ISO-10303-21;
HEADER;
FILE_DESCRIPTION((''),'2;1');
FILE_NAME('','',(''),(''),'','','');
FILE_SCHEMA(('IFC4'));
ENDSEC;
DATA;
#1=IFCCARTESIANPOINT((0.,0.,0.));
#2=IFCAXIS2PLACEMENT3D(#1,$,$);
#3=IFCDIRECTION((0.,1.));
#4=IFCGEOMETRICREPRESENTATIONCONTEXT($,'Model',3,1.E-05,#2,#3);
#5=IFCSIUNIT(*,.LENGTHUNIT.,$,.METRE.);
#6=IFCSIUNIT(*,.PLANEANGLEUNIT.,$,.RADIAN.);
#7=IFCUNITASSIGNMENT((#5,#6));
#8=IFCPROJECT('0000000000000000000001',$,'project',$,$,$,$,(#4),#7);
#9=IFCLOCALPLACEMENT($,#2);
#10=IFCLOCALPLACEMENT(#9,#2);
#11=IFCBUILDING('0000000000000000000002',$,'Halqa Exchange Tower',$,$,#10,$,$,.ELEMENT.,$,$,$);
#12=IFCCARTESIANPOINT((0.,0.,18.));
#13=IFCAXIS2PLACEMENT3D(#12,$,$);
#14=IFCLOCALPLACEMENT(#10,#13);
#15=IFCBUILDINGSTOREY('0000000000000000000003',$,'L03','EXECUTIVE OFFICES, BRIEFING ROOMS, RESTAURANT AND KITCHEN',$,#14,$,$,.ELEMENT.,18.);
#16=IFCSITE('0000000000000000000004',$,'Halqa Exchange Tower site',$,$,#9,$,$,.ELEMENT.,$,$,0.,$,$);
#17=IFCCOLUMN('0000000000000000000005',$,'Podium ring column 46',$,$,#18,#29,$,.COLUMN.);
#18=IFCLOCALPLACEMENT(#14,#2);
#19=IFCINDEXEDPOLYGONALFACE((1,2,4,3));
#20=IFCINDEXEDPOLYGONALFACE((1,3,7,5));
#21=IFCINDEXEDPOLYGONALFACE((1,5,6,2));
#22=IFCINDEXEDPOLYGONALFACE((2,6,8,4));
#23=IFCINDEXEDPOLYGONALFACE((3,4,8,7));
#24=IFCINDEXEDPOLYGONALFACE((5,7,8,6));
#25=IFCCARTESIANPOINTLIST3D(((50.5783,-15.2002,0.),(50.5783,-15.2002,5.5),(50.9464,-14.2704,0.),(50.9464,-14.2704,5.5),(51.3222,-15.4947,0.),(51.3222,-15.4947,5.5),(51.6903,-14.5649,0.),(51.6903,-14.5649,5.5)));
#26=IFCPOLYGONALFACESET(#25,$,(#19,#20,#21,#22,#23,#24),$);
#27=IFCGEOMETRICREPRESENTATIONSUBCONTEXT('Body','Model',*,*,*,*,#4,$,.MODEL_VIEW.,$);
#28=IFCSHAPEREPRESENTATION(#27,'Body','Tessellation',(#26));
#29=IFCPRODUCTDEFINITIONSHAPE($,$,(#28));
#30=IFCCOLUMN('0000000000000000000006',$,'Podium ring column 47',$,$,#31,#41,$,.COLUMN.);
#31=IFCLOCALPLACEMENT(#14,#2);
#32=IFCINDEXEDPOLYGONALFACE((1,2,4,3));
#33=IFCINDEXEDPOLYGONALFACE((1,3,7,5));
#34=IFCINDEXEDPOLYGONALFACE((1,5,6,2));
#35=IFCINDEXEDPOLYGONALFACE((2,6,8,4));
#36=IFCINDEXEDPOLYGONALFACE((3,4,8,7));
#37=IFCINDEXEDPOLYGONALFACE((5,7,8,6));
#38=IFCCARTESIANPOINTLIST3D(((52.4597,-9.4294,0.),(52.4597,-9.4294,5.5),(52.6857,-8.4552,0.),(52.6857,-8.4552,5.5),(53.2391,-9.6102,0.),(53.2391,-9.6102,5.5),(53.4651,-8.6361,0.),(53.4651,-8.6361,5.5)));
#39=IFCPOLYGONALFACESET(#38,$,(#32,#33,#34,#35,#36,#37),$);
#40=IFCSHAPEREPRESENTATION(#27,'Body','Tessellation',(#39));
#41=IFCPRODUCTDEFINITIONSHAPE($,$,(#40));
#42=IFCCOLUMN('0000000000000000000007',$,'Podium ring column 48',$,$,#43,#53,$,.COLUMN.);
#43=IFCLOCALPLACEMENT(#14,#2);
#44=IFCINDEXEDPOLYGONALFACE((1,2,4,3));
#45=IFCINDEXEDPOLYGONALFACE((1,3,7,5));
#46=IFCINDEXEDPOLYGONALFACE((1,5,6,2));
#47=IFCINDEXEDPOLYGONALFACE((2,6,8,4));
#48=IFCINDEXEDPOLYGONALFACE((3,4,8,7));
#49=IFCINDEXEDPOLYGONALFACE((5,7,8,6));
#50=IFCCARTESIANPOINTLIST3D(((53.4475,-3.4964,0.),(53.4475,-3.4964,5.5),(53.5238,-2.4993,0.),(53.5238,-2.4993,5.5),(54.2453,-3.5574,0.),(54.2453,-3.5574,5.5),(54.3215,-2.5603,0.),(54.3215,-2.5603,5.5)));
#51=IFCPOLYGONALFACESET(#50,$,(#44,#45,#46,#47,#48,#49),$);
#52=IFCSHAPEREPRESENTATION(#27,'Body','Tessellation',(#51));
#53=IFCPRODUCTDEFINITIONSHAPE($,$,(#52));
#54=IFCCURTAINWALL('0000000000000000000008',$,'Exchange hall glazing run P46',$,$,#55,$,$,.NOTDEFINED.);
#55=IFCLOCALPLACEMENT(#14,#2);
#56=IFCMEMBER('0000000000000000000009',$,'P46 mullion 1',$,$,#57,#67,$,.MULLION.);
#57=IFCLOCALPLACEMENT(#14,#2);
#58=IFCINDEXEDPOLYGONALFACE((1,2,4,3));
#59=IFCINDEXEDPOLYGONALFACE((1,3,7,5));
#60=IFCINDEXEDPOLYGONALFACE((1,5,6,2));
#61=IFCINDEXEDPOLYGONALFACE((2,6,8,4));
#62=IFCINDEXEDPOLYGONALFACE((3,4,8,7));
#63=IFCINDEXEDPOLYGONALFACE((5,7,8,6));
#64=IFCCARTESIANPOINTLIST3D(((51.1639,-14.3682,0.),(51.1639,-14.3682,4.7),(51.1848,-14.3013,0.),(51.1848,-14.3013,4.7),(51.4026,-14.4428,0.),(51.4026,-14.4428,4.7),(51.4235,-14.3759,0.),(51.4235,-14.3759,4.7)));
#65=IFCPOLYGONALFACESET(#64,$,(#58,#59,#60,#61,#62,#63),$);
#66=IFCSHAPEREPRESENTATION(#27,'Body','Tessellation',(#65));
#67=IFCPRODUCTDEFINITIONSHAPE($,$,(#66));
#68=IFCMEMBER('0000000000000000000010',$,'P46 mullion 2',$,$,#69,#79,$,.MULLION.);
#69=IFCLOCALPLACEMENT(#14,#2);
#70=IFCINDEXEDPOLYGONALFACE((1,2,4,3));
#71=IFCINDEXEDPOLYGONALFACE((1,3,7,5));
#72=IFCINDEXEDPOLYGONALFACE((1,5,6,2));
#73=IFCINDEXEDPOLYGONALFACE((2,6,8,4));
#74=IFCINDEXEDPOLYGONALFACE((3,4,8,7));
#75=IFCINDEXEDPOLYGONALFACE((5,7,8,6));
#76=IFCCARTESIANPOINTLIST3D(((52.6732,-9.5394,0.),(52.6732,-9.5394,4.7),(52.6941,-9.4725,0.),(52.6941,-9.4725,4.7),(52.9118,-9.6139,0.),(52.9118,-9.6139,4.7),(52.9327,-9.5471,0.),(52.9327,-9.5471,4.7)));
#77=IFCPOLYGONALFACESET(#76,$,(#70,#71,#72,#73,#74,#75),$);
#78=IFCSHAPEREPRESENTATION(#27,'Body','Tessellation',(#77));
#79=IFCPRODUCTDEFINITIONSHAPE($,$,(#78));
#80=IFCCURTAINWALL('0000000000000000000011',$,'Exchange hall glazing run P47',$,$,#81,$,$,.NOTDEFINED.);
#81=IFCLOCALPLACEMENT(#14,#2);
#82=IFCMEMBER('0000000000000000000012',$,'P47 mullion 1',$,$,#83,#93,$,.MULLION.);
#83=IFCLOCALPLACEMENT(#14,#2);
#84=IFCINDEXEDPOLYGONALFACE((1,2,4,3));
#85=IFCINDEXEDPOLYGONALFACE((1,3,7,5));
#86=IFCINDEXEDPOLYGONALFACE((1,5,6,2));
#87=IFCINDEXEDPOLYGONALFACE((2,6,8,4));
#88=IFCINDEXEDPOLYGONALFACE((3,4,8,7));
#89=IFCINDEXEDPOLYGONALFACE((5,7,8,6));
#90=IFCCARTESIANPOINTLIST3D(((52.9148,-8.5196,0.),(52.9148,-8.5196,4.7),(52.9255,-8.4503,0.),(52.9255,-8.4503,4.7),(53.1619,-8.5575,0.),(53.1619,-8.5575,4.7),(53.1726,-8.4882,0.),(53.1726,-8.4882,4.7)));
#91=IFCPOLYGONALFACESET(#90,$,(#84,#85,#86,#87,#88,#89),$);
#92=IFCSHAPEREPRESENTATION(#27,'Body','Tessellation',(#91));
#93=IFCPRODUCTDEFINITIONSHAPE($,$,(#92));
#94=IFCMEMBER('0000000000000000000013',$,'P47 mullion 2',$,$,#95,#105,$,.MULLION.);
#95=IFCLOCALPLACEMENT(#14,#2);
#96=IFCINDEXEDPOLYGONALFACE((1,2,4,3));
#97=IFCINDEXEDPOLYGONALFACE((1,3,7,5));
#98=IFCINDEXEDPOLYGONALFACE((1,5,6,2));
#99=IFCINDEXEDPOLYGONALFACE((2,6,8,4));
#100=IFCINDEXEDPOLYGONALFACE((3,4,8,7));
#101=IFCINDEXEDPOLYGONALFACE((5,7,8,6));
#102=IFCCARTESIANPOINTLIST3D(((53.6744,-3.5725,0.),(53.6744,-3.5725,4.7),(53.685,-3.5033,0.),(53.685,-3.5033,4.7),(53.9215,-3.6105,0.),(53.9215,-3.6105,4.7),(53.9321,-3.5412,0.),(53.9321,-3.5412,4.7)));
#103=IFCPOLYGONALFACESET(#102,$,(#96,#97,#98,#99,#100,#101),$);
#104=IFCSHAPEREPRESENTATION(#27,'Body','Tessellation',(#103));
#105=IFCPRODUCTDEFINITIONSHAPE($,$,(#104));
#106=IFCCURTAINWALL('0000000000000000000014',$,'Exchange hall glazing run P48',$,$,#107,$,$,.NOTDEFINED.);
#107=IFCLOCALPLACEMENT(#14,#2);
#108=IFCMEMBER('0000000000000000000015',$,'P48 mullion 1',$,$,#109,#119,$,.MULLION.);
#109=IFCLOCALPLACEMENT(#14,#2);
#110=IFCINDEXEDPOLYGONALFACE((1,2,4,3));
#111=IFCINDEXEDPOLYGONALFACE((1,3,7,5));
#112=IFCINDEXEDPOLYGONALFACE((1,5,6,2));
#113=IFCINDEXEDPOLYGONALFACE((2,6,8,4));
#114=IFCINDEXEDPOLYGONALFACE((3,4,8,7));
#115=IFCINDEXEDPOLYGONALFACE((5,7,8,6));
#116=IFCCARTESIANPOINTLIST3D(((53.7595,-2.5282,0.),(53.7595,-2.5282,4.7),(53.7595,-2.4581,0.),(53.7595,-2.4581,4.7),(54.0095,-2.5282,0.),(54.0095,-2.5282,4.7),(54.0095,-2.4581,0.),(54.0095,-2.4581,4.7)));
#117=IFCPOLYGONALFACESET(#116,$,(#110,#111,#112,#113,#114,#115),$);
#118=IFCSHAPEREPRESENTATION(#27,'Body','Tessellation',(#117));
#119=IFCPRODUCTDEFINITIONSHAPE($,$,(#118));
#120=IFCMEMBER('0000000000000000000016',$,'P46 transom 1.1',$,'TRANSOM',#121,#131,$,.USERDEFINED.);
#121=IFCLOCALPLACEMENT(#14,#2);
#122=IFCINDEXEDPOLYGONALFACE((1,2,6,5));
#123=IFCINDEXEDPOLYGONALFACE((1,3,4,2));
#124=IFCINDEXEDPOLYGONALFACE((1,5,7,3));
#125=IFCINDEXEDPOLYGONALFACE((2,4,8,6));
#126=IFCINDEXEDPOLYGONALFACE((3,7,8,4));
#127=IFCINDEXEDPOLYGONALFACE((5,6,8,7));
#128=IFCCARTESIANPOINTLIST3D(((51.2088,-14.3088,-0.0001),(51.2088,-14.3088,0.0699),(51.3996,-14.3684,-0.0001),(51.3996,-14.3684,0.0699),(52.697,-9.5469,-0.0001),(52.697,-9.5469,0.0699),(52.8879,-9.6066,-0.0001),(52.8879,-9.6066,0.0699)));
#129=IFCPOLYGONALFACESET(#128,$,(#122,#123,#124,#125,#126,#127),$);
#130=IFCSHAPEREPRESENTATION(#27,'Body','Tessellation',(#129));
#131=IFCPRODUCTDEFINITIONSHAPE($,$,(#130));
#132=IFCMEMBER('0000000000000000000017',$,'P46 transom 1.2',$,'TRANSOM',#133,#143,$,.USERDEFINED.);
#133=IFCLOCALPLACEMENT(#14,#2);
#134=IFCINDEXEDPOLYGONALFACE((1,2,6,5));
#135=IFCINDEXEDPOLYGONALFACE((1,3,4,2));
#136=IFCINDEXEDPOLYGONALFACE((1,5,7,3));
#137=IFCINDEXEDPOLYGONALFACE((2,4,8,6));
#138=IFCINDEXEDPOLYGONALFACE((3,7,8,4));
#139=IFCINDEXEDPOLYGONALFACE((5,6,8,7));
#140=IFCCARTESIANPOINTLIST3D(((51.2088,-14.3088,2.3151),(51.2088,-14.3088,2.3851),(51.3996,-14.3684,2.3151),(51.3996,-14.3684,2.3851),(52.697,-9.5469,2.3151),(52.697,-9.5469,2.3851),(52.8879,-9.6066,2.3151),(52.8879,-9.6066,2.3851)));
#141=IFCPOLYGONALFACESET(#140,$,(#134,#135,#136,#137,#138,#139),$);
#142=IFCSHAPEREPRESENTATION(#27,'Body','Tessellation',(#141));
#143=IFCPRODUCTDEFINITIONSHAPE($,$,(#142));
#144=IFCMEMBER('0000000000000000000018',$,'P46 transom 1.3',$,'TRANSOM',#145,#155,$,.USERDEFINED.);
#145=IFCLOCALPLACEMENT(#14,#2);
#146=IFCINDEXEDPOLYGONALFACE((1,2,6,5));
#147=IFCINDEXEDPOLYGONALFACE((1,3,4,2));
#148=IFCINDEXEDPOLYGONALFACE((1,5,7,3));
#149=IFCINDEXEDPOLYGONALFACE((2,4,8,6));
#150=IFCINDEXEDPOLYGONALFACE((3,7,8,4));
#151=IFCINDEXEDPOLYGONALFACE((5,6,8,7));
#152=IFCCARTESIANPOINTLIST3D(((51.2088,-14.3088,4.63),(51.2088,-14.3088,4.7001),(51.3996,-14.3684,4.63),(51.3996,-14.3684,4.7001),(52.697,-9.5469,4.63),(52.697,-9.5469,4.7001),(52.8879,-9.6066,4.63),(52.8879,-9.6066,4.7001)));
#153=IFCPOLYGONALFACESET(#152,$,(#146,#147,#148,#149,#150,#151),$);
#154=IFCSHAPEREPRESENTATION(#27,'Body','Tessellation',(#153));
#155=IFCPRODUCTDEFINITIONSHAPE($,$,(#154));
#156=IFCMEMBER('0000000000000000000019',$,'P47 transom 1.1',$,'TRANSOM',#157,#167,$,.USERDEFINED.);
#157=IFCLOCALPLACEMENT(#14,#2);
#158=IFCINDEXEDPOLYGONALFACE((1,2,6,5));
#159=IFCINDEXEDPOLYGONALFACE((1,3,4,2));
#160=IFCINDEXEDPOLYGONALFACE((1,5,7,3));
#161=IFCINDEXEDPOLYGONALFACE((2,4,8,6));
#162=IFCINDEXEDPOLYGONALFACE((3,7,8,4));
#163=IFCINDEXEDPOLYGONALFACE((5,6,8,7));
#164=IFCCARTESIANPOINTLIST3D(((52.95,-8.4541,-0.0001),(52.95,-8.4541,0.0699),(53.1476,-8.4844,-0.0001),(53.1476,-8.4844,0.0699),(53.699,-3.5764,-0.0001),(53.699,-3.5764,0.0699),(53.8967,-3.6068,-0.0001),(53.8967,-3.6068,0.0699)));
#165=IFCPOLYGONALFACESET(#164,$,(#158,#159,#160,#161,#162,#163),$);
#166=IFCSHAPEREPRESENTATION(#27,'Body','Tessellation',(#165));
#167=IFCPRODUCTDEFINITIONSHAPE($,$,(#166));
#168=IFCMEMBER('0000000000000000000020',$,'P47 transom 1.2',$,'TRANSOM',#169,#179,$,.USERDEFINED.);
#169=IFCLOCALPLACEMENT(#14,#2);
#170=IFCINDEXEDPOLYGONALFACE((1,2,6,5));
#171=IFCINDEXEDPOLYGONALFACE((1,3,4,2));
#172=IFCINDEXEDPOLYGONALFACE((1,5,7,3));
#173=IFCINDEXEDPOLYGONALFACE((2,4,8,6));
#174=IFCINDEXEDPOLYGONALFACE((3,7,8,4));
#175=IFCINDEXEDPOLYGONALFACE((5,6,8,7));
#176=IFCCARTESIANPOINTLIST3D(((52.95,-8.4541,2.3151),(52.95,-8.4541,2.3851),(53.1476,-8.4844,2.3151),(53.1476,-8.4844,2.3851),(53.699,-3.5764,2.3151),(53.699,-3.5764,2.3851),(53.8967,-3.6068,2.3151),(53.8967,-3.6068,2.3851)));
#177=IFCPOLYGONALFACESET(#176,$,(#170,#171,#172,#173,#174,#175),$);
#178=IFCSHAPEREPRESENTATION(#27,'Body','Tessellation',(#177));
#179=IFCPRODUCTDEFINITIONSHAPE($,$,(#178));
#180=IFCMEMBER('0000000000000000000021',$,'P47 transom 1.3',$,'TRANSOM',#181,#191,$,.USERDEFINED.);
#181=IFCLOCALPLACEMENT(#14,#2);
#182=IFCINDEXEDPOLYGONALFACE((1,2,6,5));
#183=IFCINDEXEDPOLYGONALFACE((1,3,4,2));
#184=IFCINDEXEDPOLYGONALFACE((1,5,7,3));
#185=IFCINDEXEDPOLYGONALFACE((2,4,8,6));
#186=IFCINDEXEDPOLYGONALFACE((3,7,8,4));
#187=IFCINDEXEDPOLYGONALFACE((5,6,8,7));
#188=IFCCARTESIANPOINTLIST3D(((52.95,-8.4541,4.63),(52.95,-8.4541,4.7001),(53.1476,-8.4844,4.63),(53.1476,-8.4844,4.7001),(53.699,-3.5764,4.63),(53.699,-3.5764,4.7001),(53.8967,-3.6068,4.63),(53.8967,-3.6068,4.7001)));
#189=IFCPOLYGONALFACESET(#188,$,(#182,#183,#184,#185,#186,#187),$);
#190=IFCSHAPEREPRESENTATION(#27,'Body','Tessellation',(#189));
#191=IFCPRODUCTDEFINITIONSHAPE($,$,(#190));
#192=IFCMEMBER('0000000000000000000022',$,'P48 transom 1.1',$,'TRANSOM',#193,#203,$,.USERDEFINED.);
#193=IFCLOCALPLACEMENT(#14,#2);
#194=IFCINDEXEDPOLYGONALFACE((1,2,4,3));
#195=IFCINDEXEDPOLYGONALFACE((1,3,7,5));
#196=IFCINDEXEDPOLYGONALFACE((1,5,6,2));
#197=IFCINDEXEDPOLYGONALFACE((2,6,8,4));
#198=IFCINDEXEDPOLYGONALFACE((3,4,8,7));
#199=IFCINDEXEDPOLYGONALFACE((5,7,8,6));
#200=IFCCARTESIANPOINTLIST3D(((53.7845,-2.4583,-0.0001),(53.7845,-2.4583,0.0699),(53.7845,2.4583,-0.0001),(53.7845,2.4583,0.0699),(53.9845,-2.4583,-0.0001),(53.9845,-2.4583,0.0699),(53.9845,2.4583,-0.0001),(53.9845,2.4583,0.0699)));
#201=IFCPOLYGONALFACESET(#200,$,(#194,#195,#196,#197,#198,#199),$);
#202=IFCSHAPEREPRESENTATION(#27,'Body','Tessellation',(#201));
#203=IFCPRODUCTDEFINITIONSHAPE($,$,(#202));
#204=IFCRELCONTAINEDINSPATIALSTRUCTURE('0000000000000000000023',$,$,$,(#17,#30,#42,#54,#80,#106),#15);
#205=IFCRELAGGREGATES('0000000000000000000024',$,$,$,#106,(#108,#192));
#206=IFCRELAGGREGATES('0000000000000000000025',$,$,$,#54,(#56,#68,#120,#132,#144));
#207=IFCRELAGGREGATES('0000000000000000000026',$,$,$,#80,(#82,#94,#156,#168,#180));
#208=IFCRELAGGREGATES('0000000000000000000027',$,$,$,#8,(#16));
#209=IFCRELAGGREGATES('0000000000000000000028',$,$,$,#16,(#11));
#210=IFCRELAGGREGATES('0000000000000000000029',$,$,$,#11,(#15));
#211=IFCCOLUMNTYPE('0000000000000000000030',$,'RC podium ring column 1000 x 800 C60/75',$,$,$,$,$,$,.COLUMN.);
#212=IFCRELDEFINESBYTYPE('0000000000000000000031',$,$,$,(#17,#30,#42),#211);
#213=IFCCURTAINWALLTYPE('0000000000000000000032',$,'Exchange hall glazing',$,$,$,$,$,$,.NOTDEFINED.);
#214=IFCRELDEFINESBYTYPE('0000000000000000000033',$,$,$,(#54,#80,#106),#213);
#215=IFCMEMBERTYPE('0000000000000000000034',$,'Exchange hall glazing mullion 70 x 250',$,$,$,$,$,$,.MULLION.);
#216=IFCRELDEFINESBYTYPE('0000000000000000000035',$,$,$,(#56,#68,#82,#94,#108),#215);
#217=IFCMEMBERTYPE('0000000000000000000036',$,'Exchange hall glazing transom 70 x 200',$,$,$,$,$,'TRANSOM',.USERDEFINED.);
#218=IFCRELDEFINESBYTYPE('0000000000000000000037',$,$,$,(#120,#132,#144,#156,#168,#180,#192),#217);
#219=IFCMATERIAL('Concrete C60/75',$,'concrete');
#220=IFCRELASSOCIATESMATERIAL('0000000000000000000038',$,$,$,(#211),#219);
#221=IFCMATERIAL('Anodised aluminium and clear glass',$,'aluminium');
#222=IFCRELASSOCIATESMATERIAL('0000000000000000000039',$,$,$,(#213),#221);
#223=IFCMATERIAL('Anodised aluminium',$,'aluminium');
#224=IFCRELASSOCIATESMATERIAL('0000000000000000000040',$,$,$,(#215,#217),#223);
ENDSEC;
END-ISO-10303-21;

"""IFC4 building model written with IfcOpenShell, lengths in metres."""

from ifc_helpers import new_model, si_unit, direction, frame, origin, origin_2d, place, context, subcontext, project, spatial, rectangle, extrude, material, material_profile, profile_set, type_object, element, aggregate, save


model = new_model("IFC4")

# Units and contexts
model_context = context("Model", 3, precision=1e-05, world=origin(), true_north=direction((0.0, 1.0)))
body_context = subcontext(model_context, "Body", "Model", "MODEL_VIEW")
ifc_project = project(units=[si_unit("LENGTHUNIT", "METRE"), si_unit("PLANEANGLEUNIT", "RADIAN")], contexts=[model_context])

# Site, building, storey
site_placement = place(None, origin())
site = spatial("IfcSite", under=ifc_project, at=site_placement, Name="Halqa Exchange Tower site", CompositionType="ELEMENT", RefElevation=0.0)
building_placement = place(site_placement, origin())
building = spatial("IfcBuilding", under=site, at=building_placement, Name="Halqa Exchange Tower", CompositionType="ELEMENT")
storey_placement = place(building_placement, frame((0.0, 0.0, 18.0)))
storey = spatial("IfcBuildingStorey", under=building, at=storey_placement, Name="L03", Description="EXECUTIVE OFFICES, BRIEFING ROOMS, RESTAURANT AND KITCHEN", CompositionType="ELEMENT", Elevation=18.0)

# Columns
ifc_material_1 = material(Name="Concrete C60/75", Category="concrete")
ifc_material_profile_1 = material_profile(ifc_material_1, rectangle(XDim=1.0, YDim=0.8, at=origin_2d()), Name="1000 x 800")
ifc_profile_set_1 = profile_set([ifc_material_profile_1], Name="Concrete C60/75")
column_type = type_object("IfcColumnType", Name="RC podium ring column 1000 x 800 C60/75", PredefinedType="COLUMN", material=ifc_profile_set_1)
for number, where, z_axis, x_axis, name in (
    (1, (51.1343, -14.8826, 0.0), (0.0, 0.0, 1.0), (0.36811, 0.929782, 0.0), "Podium ring column 46"),
    (2, (52.9624, -9.0327, 0.0), (0.0, 0.0, 1.0), (0.225997, 0.974128, 0.0), "Podium ring column 47"),
    (3, (53.8845, -3.0283, 0.0), (0.0, 0.0, 1.0), (0.076223, 0.997091, 0.0), "Podium ring column 48"),
):
    element("IfcColumn", number, at=place(storey_placement, frame(where, z_axis=z_axis, x_axis=x_axis)), inside=storey, type_object=column_type, Name=name, PredefinedType="COLUMN", context=body_context, shape_type="SweptSolid", body=[
        extrude(rectangle(XDim=1.0, YDim=0.8, at=origin_2d()), origin(), (0.0, 0.0, 1.0), 5.5),
    ])

# Curtain walls, members
ifc_material_2 = material(Name="Anodised aluminium and clear glass", Category="aluminium")
curtain_wall_type = type_object("IfcCurtainWallType", Name="Exchange hall glazing", PredefinedType="NOTDEFINED", material=ifc_material_2)
curtain_wall_1_placement = place(storey_placement, origin())
curtain_wall_1 = element("IfcCurtainWall", 4, at=curtain_wall_1_placement, inside=storey, type_object=curtain_wall_type, Name="Exchange hall glazing run P46", PredefinedType="NOTDEFINED")
ifc_material_3 = material(Name="Anodised aluminium", Category="aluminium")
ifc_material_profile_2 = material_profile(ifc_material_3, rectangle(XDim=0.25, YDim=0.0701, at=origin_2d()), Name="AL 70x250")
ifc_profile_set_2 = profile_set([ifc_material_profile_2], Name="Anodised aluminium")
member_type_1 = type_object("IfcMemberType", Name="Exchange hall glazing mullion 70 x 250", PredefinedType="MULLION", material=ifc_profile_set_2)
member_1_placement = place(storey_placement, frame((51.2937, -14.3721, 0.0), z_axis=(0.0, 0.0, 1.0), x_axis=(-0.954471, 0.298303, 0.0)))
member_1 = element("IfcMember", 5, at=member_1_placement, type_object=member_type_1, Name="P46 mullion 1", PredefinedType="MULLION", context=body_context, shape_type="SweptSolid", body=[
    extrude(rectangle(XDim=0.25, YDim=0.0701, at=origin_2d()), origin(), (0.0, 0.0, 1.0), 4.7),
])
member_2_placement = place(storey_placement, frame((52.803, -9.5432, 0.0), z_axis=(0.0, 0.0, 1.0), x_axis=(-0.954471, 0.298303, 0.0)))
member_2 = element("IfcMember", 6, at=member_2_placement, type_object=member_type_1, Name="P46 mullion 2", PredefinedType="MULLION", context=body_context, shape_type="SweptSolid", body=[
    extrude(rectangle(XDim=0.25, YDim=0.0701, at=origin_2d()), origin(), (0.0, 0.0, 1.0), 4.7),
])
curtain_wall_2_placement = place(storey_placement, origin())
curtain_wall_2 = element("IfcCurtainWall", 7, at=curtain_wall_2_placement, inside=storey, type_object=curtain_wall_type, Name="Exchange hall glazing run P47", PredefinedType="NOTDEFINED")
member_3_placement = place(storey_placement, frame((53.0437, -8.5039, 0.0), z_axis=(0.0, 0.0, 1.0), x_axis=(-0.988416, 0.151767, 0.0)))
member_3 = element("IfcMember", 8, at=member_3_placement, type_object=member_type_1, Name="P47 mullion 1", PredefinedType="MULLION", context=body_context, shape_type="SweptSolid", body=[
    extrude(rectangle(XDim=0.25, YDim=0.0701, at=origin_2d()), origin(), (0.0, 0.0, 1.0), 4.7),
])
member_4_placement = place(storey_placement, frame((53.8032, -3.5569, 0.0), z_axis=(0.0, 0.0, 1.0), x_axis=(-0.988416, 0.151767, 0.0)))
member_4 = element("IfcMember", 9, at=member_4_placement, type_object=member_type_1, Name="P47 mullion 2", PredefinedType="MULLION", context=body_context, shape_type="SweptSolid", body=[
    extrude(rectangle(XDim=0.25, YDim=0.0701, at=origin_2d()), origin(), (0.0, 0.0, 1.0), 4.7),
])

# Curtain wall, member
curtain_wall_3_placement = place(storey_placement, origin())
curtain_wall_3 = element("IfcCurtainWall", 10, at=curtain_wall_3_placement, inside=storey, type_object=curtain_wall_type, Name="Exchange hall glazing run P48", PredefinedType="NOTDEFINED")
member_5_placement = place(storey_placement, frame((53.8845, -2.4932, 0.0), z_axis=(0.0, 0.0, 1.0), x_axis=(-1.0, 0.0, 0.0)))
member_5 = element("IfcMember", 11, at=member_5_placement, type_object=member_type_1, Name="P48 mullion 1", PredefinedType="MULLION", context=body_context, shape_type="SweptSolid", body=[
    extrude(rectangle(XDim=0.25, YDim=0.0701, at=origin_2d()), origin(), (0.0, 0.0, 1.0), 4.7),
])

# Members
ifc_material_profile_3 = material_profile(ifc_material_3, rectangle(XDim=0.2, YDim=0.0701, at=origin_2d()), Name="AL 70x200")
ifc_profile_set_3 = profile_set([ifc_material_profile_3], Name="Anodised aluminium")
member_type_2 = type_object("IfcMemberType", Name="Exchange hall glazing transom 70 x 200", ElementType="TRANSOM", PredefinedType="USERDEFINED", material=ifc_profile_set_3)
member_6_placement = place(storey_placement, frame((51.3042, -14.3386, 0.0349), z_axis=(0.298306, 0.95447, 0.0), x_axis=(-0.95447, 0.298306, 0.0)))
member_6 = element("IfcMember", 12, at=member_6_placement, type_object=member_type_2, Name="P46 transom 1.1", ObjectType="TRANSOM", PredefinedType="USERDEFINED", context=body_context, shape_type="SweptSolid", body=[
    extrude(rectangle(XDim=0.2, YDim=0.0701, at=origin_2d()), origin(), (0.0, 0.0, 1.0), 4.989),
])
member_7_placement = place(storey_placement, frame((51.3042, -14.3386, 2.3501), z_axis=(0.298306, 0.95447, 0.0), x_axis=(-0.95447, 0.298306, 0.0)))
member_7 = element("IfcMember", 13, at=member_7_placement, type_object=member_type_2, Name="P46 transom 1.2", ObjectType="TRANSOM", PredefinedType="USERDEFINED", context=body_context, shape_type="SweptSolid", body=[
    extrude(rectangle(XDim=0.2, YDim=0.0701, at=origin_2d()), origin(), (0.0, 0.0, 1.0), 4.989),
])
member_8_placement = place(storey_placement, frame((51.3042, -14.3386, 4.665), z_axis=(0.298306, 0.95447, 0.0), x_axis=(-0.95447, 0.298306, 0.0)))
member_8 = element("IfcMember", 14, at=member_8_placement, type_object=member_type_2, Name="P46 transom 1.3", ObjectType="TRANSOM", PredefinedType="USERDEFINED", context=body_context, shape_type="SweptSolid", body=[
    extrude(rectangle(XDim=0.2, YDim=0.0701, at=origin_2d()), origin(), (0.0, 0.0, 1.0), 4.989),
])
member_9_placement = place(storey_placement, frame((53.0488, -8.4692, 0.0349), z_axis=(0.151782, 0.988414, 0.0), x_axis=(-0.988414, 0.151782, 0.0)))
member_9 = element("IfcMember", 15, at=member_9_placement, type_object=member_type_2, Name="P47 transom 1.1", ObjectType="TRANSOM", PredefinedType="USERDEFINED", context=body_context, shape_type="SweptSolid", body=[
    extrude(rectangle(XDim=0.2, YDim=0.0701, at=origin_2d()), origin(), (0.0, 0.0, 1.0), 4.9348),
])
member_10_placement = place(storey_placement, frame((53.0488, -8.4692, 2.3501), z_axis=(0.151782, 0.988414, 0.0), x_axis=(-0.988414, 0.151782, 0.0)))
member_10 = element("IfcMember", 16, at=member_10_placement, type_object=member_type_2, Name="P47 transom 1.2", ObjectType="TRANSOM", PredefinedType="USERDEFINED", context=body_context, shape_type="SweptSolid", body=[
    extrude(rectangle(XDim=0.2, YDim=0.0701, at=origin_2d()), origin(), (0.0, 0.0, 1.0), 4.9348),
])
member_11_placement = place(storey_placement, frame((53.0488, -8.4692, 4.665), z_axis=(0.151782, 0.988414, 0.0), x_axis=(-0.988414, 0.151782, 0.0)))
member_11 = element("IfcMember", 17, at=member_11_placement, type_object=member_type_2, Name="P47 transom 1.3", ObjectType="TRANSOM", PredefinedType="USERDEFINED", context=body_context, shape_type="SweptSolid", body=[
    extrude(rectangle(XDim=0.2, YDim=0.0701, at=origin_2d()), origin(), (0.0, 0.0, 1.0), 4.9348),
])
member_12_placement = place(storey_placement, frame((53.8845, -2.4583, 0.0349), z_axis=(0.0, 1.0, 0.0), x_axis=(-1.0, 0.0, 0.0)))
member_12 = element("IfcMember", 18, at=member_12_placement, type_object=member_type_2, Name="P48 transom 1.1", ObjectType="TRANSOM", PredefinedType="USERDEFINED", context=body_context, shape_type="SweptSolid", body=[
    extrude(rectangle(XDim=0.2, YDim=0.0701, at=origin_2d()), origin(), (0.0, 0.0, 1.0), 4.9165),
])
aggregate(curtain_wall_3, [member_5, member_12])

aggregate(curtain_wall_1, [member_1, member_2, member_6, member_7, member_8])
aggregate(curtain_wall_2, [member_3, member_4, member_9, member_10, member_11])

save(model, "model.ifc")
